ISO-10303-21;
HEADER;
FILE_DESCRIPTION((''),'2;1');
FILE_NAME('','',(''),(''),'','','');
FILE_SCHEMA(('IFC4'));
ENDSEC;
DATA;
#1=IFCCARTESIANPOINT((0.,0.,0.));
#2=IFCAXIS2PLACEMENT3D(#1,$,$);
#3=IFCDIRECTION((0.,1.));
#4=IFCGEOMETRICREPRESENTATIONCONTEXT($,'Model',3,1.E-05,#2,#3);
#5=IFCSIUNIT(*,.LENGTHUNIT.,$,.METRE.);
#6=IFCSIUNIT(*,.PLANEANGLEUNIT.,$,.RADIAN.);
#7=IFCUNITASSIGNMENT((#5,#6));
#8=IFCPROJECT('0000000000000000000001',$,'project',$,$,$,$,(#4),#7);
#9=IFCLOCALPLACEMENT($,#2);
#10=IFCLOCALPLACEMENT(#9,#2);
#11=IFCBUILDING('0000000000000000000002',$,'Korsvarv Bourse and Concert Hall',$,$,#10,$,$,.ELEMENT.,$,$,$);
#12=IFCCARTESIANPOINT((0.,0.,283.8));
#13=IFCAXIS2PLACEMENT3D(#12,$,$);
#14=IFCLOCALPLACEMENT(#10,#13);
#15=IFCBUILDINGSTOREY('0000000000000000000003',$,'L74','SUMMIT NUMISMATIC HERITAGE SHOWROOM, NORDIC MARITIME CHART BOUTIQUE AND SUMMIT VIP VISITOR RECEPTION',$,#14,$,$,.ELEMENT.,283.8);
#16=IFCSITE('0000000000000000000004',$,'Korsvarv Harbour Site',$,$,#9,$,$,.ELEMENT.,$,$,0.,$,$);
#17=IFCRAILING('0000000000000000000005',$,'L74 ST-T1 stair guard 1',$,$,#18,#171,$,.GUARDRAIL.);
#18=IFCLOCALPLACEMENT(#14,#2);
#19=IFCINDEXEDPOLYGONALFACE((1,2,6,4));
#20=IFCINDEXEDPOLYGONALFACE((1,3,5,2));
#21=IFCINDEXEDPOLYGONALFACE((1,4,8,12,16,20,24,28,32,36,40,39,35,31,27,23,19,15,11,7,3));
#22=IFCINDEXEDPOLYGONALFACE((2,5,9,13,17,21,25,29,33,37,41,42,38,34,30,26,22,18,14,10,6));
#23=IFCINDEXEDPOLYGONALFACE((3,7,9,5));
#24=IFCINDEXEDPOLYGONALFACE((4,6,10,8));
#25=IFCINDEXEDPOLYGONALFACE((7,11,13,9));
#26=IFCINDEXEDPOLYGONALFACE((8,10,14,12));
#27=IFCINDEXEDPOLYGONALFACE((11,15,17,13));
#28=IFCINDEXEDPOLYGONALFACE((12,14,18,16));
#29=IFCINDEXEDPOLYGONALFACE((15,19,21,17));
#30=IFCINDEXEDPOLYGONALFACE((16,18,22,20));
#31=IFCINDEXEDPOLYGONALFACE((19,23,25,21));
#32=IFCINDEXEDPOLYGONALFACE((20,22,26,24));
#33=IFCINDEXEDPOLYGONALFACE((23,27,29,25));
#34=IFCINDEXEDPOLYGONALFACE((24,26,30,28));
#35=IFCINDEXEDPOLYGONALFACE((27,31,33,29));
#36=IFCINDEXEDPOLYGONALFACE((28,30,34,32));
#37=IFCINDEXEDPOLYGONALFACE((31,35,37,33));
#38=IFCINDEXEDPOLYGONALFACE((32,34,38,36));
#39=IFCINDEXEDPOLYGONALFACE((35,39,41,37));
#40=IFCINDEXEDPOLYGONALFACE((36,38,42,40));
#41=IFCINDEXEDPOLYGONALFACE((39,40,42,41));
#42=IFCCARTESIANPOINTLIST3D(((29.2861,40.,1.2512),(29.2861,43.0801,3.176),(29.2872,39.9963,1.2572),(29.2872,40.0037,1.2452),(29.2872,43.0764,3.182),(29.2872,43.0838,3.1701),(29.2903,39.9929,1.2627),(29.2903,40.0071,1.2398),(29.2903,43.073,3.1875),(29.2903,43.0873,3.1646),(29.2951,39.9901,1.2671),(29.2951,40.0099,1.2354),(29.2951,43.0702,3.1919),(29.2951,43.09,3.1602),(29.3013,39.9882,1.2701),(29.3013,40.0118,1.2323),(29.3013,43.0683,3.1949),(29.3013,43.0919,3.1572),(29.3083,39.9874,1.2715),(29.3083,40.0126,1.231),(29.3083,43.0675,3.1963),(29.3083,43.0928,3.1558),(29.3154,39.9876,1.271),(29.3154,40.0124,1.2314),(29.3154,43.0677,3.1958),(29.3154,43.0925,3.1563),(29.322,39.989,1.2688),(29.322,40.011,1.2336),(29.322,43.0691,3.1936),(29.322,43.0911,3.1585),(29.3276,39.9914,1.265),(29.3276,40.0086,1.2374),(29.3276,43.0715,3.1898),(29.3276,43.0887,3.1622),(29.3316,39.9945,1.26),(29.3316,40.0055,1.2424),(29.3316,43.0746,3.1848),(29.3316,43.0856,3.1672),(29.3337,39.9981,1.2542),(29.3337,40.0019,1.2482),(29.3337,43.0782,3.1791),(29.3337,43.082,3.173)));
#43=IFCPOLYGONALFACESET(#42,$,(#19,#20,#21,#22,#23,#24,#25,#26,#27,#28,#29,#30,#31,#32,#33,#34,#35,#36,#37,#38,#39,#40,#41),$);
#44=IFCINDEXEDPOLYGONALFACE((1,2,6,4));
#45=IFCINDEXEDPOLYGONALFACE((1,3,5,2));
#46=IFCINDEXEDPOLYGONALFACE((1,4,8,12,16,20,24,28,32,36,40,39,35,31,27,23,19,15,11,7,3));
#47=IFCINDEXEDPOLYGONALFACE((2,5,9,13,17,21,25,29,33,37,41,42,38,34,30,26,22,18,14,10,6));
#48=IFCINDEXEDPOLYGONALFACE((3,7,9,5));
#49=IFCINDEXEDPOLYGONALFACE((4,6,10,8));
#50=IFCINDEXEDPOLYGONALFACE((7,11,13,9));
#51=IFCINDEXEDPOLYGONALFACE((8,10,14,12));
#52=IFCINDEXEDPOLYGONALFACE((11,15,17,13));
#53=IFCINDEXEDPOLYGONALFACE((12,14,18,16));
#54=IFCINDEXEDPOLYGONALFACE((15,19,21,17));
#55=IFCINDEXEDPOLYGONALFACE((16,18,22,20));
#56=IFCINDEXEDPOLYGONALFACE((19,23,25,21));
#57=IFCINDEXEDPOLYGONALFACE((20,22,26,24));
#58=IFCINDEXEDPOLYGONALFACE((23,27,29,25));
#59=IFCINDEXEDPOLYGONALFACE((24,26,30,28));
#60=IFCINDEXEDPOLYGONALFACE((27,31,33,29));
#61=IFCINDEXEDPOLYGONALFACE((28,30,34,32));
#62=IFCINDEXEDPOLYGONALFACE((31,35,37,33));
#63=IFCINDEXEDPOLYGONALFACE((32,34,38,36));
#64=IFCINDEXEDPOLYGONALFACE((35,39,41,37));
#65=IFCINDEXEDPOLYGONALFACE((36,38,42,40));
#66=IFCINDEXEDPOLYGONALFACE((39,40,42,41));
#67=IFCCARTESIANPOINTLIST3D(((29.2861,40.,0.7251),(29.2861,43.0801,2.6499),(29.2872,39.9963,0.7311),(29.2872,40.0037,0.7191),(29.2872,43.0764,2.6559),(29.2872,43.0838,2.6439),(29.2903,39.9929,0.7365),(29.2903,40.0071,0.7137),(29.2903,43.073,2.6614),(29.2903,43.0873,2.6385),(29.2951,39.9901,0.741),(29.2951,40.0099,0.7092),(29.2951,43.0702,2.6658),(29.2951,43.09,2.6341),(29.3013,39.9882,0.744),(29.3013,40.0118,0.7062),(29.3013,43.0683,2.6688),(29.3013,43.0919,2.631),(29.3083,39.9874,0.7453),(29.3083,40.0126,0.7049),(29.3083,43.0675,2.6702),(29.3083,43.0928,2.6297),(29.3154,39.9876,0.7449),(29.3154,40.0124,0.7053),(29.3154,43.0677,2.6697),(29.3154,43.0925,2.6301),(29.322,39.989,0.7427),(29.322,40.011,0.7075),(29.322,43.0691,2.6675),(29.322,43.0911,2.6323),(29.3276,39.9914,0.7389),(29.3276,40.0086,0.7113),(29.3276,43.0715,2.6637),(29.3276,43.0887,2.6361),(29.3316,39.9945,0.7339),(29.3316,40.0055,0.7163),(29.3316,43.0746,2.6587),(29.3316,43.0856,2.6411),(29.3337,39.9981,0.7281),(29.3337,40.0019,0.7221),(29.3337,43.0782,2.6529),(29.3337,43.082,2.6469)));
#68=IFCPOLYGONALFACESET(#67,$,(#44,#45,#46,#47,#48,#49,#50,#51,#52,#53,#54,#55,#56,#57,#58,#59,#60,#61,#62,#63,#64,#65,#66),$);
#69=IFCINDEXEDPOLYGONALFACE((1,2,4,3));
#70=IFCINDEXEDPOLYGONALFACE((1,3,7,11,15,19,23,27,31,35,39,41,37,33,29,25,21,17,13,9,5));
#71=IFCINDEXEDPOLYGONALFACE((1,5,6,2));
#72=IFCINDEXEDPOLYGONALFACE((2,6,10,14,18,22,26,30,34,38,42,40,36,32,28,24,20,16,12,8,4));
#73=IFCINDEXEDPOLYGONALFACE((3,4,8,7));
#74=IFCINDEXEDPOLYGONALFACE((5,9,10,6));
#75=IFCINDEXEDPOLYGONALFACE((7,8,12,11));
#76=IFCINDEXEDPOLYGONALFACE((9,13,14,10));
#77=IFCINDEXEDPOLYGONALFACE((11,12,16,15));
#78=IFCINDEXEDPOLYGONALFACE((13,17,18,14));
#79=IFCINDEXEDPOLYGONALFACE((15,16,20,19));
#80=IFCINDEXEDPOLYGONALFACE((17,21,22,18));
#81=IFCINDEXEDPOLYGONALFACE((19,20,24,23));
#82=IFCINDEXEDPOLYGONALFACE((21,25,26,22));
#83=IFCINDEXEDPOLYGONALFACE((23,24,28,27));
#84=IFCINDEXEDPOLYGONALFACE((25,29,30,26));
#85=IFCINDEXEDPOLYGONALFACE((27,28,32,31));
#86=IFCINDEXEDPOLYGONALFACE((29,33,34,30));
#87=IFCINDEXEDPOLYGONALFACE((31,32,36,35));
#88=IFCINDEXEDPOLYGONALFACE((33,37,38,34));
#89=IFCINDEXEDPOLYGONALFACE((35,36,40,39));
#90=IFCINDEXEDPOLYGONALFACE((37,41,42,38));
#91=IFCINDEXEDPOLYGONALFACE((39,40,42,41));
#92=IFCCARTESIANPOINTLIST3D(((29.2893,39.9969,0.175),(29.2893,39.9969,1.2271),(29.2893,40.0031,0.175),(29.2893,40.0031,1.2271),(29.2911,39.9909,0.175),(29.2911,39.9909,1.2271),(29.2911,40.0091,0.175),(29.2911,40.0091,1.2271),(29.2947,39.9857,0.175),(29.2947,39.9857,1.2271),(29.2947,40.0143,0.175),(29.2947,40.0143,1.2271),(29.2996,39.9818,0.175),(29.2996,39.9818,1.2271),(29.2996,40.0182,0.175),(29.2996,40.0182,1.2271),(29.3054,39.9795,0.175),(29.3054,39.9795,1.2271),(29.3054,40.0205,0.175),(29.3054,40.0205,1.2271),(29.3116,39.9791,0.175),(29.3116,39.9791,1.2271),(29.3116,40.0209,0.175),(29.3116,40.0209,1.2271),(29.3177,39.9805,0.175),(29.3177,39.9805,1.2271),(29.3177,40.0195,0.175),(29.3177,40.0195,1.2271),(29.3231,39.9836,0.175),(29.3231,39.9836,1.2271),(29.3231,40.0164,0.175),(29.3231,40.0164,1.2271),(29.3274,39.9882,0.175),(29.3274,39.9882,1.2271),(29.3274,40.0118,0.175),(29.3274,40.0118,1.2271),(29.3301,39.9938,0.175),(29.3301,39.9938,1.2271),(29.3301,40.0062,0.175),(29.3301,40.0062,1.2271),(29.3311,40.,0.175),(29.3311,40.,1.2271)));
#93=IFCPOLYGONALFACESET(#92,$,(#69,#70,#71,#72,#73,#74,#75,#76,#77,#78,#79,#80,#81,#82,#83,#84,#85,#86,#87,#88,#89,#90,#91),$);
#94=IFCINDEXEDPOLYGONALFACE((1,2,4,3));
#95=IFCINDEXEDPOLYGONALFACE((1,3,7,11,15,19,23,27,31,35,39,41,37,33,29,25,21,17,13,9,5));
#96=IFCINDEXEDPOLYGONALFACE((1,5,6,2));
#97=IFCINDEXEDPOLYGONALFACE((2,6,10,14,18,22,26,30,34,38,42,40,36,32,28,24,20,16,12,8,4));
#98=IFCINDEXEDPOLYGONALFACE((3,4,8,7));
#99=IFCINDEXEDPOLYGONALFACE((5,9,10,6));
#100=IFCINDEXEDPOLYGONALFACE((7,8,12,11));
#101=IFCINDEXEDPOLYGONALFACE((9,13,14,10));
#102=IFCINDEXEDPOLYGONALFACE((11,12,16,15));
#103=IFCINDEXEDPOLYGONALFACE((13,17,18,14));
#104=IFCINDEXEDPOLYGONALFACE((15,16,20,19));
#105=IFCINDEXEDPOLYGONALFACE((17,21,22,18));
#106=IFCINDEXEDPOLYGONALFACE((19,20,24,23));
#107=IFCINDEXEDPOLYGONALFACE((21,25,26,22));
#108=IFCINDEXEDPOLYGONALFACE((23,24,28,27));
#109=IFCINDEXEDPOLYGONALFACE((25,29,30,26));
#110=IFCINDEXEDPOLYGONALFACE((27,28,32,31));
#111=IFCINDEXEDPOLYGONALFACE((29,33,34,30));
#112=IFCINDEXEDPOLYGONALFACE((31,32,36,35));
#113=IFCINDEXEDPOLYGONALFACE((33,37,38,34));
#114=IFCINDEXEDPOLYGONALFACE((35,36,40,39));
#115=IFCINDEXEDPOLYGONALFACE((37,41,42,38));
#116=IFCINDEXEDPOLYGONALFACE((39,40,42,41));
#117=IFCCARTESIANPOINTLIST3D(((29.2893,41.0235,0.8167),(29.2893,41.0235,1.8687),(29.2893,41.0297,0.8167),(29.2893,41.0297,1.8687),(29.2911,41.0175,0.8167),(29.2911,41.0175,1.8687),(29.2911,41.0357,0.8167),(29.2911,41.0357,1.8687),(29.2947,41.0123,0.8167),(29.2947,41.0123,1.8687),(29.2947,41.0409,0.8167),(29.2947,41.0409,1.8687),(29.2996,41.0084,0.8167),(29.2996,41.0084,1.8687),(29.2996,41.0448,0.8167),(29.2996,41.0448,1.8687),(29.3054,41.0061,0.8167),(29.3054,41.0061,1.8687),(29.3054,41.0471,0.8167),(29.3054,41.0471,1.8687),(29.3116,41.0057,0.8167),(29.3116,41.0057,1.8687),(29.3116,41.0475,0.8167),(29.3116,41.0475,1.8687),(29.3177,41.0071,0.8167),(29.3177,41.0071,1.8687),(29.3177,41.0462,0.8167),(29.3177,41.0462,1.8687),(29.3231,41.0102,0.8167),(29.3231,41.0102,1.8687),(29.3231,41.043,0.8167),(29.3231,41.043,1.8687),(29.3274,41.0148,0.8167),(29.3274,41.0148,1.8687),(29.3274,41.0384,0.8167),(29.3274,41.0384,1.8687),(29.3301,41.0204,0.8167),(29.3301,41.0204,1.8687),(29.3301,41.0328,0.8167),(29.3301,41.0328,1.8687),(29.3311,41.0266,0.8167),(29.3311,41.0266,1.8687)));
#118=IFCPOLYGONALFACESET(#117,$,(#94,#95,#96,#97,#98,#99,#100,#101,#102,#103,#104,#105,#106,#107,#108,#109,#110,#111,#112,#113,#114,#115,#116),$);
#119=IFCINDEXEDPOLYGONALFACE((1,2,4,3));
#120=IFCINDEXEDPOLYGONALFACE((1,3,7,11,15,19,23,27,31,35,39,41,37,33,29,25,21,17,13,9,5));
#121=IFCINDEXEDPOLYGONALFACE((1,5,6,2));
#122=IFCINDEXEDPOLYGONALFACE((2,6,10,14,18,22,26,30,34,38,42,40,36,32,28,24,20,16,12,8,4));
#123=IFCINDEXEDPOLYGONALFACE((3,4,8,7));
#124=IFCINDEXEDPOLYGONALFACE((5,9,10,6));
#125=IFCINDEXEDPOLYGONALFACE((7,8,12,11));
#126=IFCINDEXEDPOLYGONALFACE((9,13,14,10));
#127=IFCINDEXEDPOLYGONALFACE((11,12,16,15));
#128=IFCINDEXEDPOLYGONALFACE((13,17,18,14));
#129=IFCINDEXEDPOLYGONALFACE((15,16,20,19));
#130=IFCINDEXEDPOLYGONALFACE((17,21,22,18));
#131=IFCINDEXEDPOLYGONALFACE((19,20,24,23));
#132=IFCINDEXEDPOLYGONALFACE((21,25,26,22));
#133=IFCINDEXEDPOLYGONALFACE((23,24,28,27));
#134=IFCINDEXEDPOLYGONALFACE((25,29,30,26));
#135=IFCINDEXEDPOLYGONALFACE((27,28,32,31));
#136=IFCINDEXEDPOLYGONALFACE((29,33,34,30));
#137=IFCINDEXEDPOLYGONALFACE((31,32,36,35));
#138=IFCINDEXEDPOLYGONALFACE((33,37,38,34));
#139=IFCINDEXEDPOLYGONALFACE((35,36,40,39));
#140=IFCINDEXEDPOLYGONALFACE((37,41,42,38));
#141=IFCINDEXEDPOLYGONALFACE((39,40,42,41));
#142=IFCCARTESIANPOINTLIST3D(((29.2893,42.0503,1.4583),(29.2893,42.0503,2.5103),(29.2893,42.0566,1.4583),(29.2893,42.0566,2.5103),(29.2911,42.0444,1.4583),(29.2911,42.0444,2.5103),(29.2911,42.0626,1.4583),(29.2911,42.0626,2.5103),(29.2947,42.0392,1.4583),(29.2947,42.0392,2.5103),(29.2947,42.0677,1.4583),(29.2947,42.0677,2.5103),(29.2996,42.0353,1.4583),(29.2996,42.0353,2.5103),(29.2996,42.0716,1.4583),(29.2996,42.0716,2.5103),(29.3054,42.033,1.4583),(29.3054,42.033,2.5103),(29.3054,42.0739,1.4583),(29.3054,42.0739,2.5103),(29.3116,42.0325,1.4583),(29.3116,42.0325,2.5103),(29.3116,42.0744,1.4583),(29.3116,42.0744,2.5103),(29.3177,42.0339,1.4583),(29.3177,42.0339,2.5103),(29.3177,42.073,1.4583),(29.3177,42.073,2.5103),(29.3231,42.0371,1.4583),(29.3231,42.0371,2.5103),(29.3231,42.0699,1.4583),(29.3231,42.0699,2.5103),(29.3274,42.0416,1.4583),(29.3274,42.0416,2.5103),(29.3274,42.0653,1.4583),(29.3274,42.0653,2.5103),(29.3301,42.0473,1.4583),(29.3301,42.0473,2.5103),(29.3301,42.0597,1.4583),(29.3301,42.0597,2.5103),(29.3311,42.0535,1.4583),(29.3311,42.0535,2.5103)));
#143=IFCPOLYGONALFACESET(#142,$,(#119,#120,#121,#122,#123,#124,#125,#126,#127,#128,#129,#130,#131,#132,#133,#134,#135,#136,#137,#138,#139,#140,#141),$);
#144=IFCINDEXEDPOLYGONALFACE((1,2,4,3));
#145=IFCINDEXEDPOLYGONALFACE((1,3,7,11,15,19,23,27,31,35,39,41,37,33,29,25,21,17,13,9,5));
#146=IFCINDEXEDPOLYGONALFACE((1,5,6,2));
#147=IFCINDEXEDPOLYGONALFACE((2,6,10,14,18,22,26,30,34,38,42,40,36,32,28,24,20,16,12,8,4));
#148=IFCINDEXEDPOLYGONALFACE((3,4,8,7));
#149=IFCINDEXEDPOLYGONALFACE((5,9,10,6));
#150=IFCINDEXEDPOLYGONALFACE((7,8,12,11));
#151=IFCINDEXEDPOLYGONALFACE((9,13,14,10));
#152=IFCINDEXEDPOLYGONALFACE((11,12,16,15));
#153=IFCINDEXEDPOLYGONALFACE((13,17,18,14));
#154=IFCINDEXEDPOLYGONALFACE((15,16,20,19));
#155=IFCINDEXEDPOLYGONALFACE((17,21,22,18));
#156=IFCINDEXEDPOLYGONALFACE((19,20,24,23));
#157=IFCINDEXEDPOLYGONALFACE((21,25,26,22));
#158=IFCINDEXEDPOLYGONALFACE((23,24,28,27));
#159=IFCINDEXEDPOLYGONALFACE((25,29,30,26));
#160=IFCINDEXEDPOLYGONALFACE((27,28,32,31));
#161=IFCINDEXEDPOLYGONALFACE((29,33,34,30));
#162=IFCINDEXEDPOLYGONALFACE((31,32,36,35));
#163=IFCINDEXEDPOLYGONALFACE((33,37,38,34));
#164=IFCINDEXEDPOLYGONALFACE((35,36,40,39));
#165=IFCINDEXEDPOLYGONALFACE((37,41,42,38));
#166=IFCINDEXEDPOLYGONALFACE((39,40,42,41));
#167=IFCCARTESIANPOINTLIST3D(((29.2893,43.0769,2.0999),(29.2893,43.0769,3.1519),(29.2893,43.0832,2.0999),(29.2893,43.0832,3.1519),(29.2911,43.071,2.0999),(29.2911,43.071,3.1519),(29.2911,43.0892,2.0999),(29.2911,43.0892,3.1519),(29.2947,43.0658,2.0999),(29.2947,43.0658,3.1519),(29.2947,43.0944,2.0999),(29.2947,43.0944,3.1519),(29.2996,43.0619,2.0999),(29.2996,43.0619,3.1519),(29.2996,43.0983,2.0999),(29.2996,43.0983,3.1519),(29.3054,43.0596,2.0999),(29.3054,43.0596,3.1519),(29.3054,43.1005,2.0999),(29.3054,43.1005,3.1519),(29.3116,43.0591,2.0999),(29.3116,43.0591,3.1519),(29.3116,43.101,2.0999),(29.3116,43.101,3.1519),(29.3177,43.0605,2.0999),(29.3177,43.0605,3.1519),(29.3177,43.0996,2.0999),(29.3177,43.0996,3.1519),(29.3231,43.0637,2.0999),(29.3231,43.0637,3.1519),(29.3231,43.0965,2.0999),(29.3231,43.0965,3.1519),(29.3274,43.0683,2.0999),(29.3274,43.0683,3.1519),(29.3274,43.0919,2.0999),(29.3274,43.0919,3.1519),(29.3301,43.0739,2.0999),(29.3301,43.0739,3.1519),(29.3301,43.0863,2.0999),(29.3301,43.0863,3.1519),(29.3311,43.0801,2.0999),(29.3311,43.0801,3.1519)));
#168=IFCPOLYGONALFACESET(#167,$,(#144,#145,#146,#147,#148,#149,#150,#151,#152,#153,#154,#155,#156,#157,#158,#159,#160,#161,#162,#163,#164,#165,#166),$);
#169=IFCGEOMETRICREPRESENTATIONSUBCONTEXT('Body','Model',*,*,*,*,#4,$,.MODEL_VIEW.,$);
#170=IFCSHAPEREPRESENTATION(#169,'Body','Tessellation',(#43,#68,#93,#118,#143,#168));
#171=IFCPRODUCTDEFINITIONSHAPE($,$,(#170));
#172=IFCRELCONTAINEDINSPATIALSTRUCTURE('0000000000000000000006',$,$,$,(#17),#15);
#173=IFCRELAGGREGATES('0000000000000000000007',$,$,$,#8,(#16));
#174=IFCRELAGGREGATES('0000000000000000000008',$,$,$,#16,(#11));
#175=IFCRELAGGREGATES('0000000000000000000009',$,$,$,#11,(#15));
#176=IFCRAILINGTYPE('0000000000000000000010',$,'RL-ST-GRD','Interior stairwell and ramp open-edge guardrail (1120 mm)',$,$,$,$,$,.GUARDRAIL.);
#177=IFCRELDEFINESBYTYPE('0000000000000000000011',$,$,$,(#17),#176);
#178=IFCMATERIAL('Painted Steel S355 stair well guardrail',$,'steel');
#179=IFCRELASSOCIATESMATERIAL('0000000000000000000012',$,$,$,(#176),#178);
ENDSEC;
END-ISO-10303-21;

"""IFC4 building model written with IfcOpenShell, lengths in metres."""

from ifc_helpers import new_model, si_unit, direction, frame, origin, origin_2d, place, context, subcontext, project, spatial, circle, extrude, material, type_object, element, save


model = new_model("IFC4")

# Units and contexts
model_context = context("Model", 3, precision=1e-05, world=origin(), true_north=direction((0.0, 1.0)))
body_context = subcontext(model_context, "Body", "Model", "MODEL_VIEW")
ifc_project = project(units=[si_unit("LENGTHUNIT", "METRE"), si_unit("PLANEANGLEUNIT", "RADIAN")], contexts=[model_context])

# Site, building, storey
site_placement = place(None, origin())
site = spatial("IfcSite", under=ifc_project, at=site_placement, Name="Korsvarv Harbour Site", CompositionType="ELEMENT", RefElevation=0.0)
building_placement = place(site_placement, origin())
building = spatial("IfcBuilding", under=site, at=building_placement, Name="Korsvarv Bourse and Concert Hall", CompositionType="ELEMENT")
storey_placement = place(building_placement, frame((0.0, 0.0, 283.8)))
storey = spatial("IfcBuildingStorey", under=building, at=storey_placement, Name="L74", Description="SUMMIT NUMISMATIC HERITAGE SHOWROOM, NORDIC MARITIME CHART BOUTIQUE AND SUMMIT VIP VISITOR RECEPTION", CompositionType="ELEMENT", Elevation=283.8)

# Railing
ifc_material_1 = material(Name="Painted Steel S355 stair well guardrail", Category="steel")
railing_type_1 = type_object("IfcRailingType", Name="RL-ST-GRD", Description="Interior stairwell and ramp open-edge guardrail (1120 mm)", PredefinedType="GUARDRAIL", material=ifc_material_1)
railing_1_placement = place(storey_placement, frame((29.3101, 40.0, 0.175)))
element("IfcRailing", 1, at=railing_1_placement, inside=storey, type_object=railing_type_1, Name="L74 ST-T1 stair guard 1", PredefinedType="GUARDRAIL", context=body_context, shape_type="SweptSolid", body=[
    extrude(circle(Radius=0.0239, at=origin_2d()), frame((0.0, 0.0, 1.0762), z_axis=(0.0, 0.848029, 0.529951), x_axis=(-1.0, 0.0, 0.0)), (0.0, 0.0, 1.0), 3.6321),
    extrude(circle(Radius=0.0239, at=origin_2d()), frame((0.0, 0.0, 0.55), z_axis=(0.0, 0.848029, 0.529951), x_axis=(-1.0, 0.0, 0.0)), (0.0, 0.0, 1.0), 3.6321),
    extrude(circle(Radius=0.021, at=origin_2d()), origin(), (0.0, 0.0, 1.0), 1.052),
    extrude(circle(Radius=0.021, at=origin_2d()), frame((0.0, 1.0266, 0.6416)), (0.0, 0.0, 1.0), 1.052),
    extrude(circle(Radius=0.021, at=origin_2d()), frame((0.0, 2.0535, 1.2832)), (0.0, 0.0, 1.0), 1.052),
    extrude(circle(Radius=0.021, at=origin_2d()), frame((0.0, 3.0801, 1.9248)), (0.0, 0.0, 1.0), 1.052),
])

save(model, "model.ifc")
